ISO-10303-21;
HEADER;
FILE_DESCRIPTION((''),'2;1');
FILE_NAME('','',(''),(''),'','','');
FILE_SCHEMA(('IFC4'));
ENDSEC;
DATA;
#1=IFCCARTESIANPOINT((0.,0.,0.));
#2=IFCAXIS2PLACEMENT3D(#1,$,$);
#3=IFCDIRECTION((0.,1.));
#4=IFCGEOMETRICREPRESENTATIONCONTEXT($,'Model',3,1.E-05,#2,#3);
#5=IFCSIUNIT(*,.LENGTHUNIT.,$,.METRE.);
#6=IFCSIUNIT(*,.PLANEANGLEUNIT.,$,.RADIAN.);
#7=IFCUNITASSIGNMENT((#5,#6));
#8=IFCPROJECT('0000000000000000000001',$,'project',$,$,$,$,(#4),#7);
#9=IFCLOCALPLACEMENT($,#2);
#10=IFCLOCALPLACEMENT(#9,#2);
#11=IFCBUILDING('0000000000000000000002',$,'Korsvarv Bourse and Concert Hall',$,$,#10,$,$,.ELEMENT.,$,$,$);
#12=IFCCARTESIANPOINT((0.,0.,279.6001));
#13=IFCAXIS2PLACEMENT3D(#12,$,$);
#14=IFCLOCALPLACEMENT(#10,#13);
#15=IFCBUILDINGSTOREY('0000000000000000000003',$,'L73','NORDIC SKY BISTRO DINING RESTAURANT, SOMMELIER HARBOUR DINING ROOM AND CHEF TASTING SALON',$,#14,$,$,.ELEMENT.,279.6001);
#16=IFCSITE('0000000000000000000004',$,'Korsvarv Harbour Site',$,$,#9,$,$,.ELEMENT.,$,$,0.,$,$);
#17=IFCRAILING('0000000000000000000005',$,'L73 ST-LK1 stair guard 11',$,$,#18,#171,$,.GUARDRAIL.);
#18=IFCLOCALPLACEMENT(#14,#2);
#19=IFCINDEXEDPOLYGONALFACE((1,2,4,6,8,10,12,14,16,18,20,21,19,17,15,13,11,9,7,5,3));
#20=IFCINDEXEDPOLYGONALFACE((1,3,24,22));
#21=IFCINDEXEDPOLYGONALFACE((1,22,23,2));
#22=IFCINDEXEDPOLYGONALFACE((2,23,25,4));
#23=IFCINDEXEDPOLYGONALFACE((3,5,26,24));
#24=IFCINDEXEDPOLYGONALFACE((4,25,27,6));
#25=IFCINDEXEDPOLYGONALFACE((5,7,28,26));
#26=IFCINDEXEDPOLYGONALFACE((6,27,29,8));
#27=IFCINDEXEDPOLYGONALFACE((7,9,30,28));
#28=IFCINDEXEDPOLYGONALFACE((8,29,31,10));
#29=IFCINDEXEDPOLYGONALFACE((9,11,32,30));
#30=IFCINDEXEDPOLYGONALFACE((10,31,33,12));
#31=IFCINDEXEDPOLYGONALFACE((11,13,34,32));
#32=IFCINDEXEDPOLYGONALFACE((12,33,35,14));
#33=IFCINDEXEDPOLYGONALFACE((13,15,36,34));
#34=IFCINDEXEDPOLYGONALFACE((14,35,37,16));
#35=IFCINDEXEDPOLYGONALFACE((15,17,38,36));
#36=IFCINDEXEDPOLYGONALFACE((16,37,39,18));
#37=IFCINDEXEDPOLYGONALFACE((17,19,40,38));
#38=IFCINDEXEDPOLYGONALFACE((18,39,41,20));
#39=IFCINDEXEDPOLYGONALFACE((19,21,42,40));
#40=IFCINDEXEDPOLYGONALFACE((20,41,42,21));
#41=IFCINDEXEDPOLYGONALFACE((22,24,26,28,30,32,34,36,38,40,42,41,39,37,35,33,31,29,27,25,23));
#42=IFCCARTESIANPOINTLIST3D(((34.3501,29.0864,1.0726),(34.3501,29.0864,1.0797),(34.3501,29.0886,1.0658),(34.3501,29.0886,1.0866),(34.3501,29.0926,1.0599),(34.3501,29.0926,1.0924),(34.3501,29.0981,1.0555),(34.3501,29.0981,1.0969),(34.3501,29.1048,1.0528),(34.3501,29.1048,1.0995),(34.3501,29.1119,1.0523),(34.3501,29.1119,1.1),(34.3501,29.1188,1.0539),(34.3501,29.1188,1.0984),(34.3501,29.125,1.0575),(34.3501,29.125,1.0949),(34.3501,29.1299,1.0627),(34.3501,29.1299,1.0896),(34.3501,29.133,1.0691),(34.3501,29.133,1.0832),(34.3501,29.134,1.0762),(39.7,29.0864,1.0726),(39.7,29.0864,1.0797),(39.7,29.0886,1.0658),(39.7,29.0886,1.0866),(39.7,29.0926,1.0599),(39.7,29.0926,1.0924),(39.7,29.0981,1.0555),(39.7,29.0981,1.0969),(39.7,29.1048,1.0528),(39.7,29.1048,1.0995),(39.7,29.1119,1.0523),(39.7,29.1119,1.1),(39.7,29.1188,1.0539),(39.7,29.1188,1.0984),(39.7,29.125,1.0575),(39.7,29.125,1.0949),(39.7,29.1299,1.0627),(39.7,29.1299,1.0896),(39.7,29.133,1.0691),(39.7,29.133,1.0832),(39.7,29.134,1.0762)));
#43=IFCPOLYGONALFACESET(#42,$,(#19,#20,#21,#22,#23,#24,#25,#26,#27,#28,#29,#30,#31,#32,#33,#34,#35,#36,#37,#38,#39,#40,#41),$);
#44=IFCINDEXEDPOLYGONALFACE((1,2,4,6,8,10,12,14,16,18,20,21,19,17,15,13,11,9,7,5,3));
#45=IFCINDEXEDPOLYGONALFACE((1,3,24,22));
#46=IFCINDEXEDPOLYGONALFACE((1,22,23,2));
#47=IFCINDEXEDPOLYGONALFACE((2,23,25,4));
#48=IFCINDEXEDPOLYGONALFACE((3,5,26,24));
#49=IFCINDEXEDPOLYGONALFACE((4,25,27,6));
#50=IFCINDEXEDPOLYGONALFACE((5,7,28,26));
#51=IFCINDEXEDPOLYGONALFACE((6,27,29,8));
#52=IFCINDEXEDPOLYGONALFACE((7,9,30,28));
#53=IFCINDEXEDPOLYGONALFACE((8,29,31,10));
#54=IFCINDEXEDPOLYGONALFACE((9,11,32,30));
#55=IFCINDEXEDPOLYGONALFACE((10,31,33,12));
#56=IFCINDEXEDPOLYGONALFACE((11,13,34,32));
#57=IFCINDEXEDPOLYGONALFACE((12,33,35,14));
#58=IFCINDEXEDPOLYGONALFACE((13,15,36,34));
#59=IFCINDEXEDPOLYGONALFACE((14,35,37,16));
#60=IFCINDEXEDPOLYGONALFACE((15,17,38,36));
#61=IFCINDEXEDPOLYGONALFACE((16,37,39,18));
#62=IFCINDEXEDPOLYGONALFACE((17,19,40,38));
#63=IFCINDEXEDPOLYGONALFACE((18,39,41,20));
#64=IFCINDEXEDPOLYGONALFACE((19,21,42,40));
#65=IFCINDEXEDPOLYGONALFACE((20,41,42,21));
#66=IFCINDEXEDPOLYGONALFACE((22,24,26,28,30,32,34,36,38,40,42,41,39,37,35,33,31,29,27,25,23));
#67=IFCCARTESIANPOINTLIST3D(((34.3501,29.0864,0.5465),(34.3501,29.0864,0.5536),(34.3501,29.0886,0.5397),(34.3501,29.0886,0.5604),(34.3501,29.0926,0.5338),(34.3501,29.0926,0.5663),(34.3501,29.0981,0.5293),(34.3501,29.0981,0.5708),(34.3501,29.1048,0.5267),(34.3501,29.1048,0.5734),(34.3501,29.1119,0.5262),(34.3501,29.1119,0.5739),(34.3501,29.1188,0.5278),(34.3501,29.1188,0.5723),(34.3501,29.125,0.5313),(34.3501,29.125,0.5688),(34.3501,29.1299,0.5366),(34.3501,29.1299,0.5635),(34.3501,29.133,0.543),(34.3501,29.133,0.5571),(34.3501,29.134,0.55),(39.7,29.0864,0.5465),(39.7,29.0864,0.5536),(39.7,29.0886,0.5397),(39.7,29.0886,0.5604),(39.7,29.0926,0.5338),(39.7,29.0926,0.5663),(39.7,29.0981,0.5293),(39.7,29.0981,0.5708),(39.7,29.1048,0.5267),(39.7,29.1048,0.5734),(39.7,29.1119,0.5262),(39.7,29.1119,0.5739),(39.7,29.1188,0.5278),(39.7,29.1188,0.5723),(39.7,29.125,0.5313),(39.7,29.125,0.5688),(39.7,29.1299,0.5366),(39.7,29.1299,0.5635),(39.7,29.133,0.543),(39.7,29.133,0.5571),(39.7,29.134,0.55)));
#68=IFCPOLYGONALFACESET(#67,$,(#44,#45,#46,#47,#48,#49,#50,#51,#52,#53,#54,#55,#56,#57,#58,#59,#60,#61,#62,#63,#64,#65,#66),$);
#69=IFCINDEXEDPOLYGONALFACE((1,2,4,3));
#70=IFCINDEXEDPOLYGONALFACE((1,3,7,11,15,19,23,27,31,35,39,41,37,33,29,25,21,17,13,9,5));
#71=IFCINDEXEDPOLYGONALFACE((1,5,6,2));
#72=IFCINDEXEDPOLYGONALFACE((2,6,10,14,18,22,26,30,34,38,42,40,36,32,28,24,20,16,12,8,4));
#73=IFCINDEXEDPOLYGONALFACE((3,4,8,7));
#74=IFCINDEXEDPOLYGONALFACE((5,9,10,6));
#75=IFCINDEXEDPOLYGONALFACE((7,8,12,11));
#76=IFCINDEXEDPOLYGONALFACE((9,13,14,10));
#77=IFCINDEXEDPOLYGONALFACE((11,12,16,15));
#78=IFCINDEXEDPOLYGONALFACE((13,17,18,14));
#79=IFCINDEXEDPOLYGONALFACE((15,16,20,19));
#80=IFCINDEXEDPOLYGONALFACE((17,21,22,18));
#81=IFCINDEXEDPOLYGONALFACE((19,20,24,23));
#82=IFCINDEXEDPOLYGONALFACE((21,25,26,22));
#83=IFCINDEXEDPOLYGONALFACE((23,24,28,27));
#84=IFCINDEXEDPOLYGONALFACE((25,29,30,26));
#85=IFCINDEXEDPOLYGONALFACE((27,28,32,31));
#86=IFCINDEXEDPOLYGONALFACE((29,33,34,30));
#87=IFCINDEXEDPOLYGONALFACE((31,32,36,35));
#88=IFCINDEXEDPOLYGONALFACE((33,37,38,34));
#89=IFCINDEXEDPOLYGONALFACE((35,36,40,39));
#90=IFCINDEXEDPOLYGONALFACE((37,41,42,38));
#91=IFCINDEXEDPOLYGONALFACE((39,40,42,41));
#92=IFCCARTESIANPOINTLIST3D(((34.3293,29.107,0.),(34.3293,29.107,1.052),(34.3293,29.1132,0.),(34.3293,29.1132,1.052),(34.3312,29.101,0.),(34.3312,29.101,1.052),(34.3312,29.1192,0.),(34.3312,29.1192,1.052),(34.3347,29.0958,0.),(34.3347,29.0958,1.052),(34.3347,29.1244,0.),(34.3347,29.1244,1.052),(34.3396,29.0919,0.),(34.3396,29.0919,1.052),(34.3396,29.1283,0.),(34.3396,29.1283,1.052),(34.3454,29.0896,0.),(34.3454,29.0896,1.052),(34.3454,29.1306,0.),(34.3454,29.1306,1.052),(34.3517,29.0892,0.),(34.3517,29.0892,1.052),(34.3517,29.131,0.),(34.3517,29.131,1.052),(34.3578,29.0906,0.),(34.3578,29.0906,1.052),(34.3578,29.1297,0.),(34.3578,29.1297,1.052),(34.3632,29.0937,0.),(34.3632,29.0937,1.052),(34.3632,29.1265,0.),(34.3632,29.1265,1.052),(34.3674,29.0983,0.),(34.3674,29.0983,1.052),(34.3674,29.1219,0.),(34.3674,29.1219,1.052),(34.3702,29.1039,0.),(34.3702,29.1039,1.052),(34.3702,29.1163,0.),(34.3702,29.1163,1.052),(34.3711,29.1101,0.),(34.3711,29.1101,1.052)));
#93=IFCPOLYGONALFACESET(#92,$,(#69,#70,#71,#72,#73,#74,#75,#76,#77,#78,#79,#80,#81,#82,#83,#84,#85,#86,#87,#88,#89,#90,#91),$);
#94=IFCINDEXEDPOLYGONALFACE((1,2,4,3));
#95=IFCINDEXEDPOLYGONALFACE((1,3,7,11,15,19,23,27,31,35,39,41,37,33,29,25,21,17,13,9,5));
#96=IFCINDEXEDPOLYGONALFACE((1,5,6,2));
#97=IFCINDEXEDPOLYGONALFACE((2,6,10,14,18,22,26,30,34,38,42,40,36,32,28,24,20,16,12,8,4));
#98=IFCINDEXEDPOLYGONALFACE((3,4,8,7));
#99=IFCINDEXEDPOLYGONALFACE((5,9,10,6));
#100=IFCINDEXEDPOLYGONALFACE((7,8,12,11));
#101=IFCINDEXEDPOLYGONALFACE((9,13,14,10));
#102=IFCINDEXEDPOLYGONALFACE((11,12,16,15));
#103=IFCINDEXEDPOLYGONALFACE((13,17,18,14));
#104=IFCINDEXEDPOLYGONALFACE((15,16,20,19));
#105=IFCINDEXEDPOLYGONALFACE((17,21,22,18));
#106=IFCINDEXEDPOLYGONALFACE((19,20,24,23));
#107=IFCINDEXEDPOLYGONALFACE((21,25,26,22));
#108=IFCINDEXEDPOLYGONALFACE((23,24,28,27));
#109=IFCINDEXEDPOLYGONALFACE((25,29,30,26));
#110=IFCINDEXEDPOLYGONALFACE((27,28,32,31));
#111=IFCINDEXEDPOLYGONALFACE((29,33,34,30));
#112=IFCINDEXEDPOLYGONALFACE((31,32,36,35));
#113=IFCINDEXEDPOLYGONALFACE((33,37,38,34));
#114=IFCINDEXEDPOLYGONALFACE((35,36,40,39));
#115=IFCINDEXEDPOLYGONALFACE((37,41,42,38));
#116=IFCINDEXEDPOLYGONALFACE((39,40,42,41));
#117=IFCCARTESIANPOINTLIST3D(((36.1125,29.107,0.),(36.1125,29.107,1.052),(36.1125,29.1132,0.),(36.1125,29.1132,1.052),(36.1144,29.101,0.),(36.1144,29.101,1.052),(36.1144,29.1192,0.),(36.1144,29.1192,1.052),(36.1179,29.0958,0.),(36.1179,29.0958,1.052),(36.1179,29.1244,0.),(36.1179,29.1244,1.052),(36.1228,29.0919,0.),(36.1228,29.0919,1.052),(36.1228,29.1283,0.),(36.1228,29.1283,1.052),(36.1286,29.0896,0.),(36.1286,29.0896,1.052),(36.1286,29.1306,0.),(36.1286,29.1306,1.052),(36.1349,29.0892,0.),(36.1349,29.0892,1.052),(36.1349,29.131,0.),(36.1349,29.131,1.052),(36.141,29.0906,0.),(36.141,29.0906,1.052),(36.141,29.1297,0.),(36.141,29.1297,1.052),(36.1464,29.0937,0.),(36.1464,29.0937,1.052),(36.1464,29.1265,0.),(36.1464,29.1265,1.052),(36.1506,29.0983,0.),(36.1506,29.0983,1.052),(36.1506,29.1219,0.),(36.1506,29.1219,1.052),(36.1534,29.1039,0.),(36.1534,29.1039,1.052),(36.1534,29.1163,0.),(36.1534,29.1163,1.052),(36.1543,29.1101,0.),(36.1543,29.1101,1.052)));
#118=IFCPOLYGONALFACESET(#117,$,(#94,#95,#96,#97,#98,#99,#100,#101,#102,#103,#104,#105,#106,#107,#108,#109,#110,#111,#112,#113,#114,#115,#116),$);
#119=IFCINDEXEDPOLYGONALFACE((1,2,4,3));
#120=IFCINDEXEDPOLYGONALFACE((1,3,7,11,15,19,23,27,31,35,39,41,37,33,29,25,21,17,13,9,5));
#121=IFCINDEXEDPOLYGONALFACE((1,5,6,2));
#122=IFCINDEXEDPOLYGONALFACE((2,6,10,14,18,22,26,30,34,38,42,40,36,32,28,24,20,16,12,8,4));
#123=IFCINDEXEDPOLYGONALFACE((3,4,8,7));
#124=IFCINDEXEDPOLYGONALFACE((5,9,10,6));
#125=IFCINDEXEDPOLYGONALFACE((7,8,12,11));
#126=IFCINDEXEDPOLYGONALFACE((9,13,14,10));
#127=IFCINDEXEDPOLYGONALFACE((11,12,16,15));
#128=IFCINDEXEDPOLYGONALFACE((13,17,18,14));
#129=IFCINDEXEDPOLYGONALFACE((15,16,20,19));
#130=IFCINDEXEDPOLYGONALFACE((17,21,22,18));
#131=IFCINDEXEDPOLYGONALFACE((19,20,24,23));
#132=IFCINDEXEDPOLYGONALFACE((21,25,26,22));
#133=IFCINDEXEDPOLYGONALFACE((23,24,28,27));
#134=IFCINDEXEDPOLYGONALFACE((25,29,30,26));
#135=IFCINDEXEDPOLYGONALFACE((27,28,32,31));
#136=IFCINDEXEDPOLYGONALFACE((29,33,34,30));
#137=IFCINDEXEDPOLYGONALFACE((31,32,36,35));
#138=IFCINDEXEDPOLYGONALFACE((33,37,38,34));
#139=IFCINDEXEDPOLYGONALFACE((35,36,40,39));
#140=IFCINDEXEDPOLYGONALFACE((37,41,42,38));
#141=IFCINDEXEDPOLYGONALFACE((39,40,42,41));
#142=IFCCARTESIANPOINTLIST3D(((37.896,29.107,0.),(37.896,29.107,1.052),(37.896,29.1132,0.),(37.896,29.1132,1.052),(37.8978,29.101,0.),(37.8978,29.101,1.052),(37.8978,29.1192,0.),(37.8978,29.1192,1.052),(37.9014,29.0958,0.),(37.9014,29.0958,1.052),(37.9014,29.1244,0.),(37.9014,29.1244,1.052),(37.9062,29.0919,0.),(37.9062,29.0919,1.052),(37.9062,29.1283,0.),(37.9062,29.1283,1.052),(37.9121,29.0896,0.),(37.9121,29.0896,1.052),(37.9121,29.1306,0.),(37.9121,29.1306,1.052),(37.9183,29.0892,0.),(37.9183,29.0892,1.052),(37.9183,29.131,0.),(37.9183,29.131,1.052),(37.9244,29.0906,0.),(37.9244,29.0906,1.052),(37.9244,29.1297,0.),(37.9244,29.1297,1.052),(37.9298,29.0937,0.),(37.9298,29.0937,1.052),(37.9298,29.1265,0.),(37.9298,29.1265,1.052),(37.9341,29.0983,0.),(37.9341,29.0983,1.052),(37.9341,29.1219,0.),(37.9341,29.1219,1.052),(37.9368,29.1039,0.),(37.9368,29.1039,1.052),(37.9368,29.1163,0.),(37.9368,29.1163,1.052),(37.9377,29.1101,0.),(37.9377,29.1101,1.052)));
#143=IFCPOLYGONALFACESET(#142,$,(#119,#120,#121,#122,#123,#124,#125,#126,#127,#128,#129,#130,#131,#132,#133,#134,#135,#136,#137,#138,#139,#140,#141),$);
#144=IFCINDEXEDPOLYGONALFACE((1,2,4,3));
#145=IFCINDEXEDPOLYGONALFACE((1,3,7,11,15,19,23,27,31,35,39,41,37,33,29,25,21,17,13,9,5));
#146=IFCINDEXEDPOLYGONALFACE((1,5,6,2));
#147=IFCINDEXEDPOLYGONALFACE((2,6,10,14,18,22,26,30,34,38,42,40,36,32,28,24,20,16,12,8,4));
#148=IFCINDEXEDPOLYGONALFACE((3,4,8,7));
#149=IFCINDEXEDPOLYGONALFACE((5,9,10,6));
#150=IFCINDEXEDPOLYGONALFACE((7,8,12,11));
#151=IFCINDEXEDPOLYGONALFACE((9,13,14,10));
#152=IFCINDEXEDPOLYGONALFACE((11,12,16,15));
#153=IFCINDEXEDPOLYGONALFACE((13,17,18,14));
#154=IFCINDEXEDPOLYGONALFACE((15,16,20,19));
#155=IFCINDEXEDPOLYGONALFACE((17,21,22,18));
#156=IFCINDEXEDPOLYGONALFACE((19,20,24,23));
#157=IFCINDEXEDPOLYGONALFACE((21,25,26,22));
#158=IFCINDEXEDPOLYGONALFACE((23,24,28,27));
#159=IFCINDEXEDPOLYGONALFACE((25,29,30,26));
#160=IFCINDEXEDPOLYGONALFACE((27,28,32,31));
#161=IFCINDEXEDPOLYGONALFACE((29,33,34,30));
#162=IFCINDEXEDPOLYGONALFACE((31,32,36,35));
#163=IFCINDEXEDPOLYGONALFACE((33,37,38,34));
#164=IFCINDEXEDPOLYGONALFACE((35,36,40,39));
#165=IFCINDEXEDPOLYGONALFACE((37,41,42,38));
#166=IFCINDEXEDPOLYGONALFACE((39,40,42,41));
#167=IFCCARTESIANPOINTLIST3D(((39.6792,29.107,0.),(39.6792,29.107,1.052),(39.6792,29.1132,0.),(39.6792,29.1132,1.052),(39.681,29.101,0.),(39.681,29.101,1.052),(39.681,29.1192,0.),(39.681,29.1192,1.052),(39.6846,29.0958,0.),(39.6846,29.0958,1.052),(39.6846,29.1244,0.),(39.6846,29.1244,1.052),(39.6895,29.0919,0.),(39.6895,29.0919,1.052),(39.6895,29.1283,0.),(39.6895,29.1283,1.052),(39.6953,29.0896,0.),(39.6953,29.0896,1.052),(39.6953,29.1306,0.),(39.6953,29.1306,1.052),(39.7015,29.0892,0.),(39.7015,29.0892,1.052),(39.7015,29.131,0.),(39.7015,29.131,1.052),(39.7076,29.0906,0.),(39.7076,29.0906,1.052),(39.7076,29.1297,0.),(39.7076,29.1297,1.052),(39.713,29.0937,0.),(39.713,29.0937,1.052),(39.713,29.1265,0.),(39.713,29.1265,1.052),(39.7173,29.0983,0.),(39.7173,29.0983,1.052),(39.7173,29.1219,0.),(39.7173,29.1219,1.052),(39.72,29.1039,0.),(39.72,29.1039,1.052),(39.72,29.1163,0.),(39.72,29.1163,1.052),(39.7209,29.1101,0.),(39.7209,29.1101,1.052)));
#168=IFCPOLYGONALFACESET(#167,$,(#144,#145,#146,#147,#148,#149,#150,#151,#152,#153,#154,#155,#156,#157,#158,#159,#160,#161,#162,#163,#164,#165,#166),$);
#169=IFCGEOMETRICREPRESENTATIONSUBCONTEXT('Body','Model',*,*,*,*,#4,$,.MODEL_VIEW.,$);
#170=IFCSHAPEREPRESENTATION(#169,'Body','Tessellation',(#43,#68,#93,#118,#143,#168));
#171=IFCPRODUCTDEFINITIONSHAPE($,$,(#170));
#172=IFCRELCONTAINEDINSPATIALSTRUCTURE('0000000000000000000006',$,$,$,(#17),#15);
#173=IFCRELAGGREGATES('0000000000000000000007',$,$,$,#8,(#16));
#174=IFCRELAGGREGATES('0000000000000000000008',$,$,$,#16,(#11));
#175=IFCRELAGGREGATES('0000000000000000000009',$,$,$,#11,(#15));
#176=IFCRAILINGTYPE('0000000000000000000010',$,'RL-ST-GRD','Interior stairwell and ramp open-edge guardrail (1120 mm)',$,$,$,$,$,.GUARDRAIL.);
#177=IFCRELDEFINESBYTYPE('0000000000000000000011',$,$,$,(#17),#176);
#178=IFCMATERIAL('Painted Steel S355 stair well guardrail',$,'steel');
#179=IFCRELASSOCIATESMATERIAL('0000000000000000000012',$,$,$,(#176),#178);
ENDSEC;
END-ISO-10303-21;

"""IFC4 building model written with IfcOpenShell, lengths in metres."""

from ifc_helpers import new_model, si_unit, direction, frame, origin, origin_2d, place, context, subcontext, project, spatial, circle, extrude, material, type_object, element, save


model = new_model("IFC4")

# Units and contexts
model_context = context("Model", 3, precision=1e-05, world=origin(), true_north=direction((0.0, 1.0)))
body_context = subcontext(model_context, "Body", "Model", "MODEL_VIEW")
ifc_project = project(units=[si_unit("LENGTHUNIT", "METRE"), si_unit("PLANEANGLEUNIT", "RADIAN")], contexts=[model_context])

# Site, building, storey
site_placement = place(None, origin())
site = spatial("IfcSite", under=ifc_project, at=site_placement, Name="Korsvarv Harbour Site", CompositionType="ELEMENT", RefElevation=0.0)
building_placement = place(site_placement, origin())
building = spatial("IfcBuilding", under=site, at=building_placement, Name="Korsvarv Bourse and Concert Hall", CompositionType="ELEMENT")
storey_placement = place(building_placement, frame((0.0, 0.0, 279.6001)))
storey = spatial("IfcBuildingStorey", under=building, at=storey_placement, Name="L73", Description="NORDIC SKY BISTRO DINING RESTAURANT, SOMMELIER HARBOUR DINING ROOM AND CHEF TASTING SALON", CompositionType="ELEMENT", Elevation=279.6001)

# Railing
ifc_material_1 = material(Name="Painted Steel S355 stair well guardrail", Category="steel")
railing_type_1 = type_object("IfcRailingType", Name="RL-ST-GRD", Description="Interior stairwell and ramp open-edge guardrail (1120 mm)", PredefinedType="GUARDRAIL", material=ifc_material_1)
for number, where, name in (
    (1, (34.3501, 29.1101, 0.0), "L73 ST-LK1 stair guard 11"),
):
    element("IfcRailing", number, at=place(storey_placement, frame(where)), inside=storey, type_object=railing_type_1, Name=name, PredefinedType="GUARDRAIL", context=body_context, shape_type="SweptSolid", body=[
        extrude(circle(Radius=0.0239, at=origin_2d()), frame((0.0, 0.0, 1.0762), z_axis=(1.0, 0.0, 0.0), x_axis=(0.0, 1.0, 0.0)), (0.0, 0.0, 1.0), 5.3499),
        extrude(circle(Radius=0.0239, at=origin_2d()), frame((0.0, 0.0, 0.55), z_axis=(1.0, 0.0, 0.0), x_axis=(0.0, 1.0, 0.0)), (0.0, 0.0, 1.0), 5.3499),
        extrude(circle(Radius=0.021, at=origin_2d()), origin(), (0.0, 0.0, 1.0), 1.052),
        extrude(circle(Radius=0.021, at=origin_2d()), frame((1.7832, 0.0, 0.0)), (0.0, 0.0, 1.0), 1.052),
        extrude(circle(Radius=0.021, at=origin_2d()), frame((3.5667, 0.0, 0.0)), (0.0, 0.0, 1.0), 1.052),
        extrude(circle(Radius=0.021, at=origin_2d()), frame((5.3499, 0.0, 0.0)), (0.0, 0.0, 1.0), 1.052),
    ])

save(model, "model.ifc")
